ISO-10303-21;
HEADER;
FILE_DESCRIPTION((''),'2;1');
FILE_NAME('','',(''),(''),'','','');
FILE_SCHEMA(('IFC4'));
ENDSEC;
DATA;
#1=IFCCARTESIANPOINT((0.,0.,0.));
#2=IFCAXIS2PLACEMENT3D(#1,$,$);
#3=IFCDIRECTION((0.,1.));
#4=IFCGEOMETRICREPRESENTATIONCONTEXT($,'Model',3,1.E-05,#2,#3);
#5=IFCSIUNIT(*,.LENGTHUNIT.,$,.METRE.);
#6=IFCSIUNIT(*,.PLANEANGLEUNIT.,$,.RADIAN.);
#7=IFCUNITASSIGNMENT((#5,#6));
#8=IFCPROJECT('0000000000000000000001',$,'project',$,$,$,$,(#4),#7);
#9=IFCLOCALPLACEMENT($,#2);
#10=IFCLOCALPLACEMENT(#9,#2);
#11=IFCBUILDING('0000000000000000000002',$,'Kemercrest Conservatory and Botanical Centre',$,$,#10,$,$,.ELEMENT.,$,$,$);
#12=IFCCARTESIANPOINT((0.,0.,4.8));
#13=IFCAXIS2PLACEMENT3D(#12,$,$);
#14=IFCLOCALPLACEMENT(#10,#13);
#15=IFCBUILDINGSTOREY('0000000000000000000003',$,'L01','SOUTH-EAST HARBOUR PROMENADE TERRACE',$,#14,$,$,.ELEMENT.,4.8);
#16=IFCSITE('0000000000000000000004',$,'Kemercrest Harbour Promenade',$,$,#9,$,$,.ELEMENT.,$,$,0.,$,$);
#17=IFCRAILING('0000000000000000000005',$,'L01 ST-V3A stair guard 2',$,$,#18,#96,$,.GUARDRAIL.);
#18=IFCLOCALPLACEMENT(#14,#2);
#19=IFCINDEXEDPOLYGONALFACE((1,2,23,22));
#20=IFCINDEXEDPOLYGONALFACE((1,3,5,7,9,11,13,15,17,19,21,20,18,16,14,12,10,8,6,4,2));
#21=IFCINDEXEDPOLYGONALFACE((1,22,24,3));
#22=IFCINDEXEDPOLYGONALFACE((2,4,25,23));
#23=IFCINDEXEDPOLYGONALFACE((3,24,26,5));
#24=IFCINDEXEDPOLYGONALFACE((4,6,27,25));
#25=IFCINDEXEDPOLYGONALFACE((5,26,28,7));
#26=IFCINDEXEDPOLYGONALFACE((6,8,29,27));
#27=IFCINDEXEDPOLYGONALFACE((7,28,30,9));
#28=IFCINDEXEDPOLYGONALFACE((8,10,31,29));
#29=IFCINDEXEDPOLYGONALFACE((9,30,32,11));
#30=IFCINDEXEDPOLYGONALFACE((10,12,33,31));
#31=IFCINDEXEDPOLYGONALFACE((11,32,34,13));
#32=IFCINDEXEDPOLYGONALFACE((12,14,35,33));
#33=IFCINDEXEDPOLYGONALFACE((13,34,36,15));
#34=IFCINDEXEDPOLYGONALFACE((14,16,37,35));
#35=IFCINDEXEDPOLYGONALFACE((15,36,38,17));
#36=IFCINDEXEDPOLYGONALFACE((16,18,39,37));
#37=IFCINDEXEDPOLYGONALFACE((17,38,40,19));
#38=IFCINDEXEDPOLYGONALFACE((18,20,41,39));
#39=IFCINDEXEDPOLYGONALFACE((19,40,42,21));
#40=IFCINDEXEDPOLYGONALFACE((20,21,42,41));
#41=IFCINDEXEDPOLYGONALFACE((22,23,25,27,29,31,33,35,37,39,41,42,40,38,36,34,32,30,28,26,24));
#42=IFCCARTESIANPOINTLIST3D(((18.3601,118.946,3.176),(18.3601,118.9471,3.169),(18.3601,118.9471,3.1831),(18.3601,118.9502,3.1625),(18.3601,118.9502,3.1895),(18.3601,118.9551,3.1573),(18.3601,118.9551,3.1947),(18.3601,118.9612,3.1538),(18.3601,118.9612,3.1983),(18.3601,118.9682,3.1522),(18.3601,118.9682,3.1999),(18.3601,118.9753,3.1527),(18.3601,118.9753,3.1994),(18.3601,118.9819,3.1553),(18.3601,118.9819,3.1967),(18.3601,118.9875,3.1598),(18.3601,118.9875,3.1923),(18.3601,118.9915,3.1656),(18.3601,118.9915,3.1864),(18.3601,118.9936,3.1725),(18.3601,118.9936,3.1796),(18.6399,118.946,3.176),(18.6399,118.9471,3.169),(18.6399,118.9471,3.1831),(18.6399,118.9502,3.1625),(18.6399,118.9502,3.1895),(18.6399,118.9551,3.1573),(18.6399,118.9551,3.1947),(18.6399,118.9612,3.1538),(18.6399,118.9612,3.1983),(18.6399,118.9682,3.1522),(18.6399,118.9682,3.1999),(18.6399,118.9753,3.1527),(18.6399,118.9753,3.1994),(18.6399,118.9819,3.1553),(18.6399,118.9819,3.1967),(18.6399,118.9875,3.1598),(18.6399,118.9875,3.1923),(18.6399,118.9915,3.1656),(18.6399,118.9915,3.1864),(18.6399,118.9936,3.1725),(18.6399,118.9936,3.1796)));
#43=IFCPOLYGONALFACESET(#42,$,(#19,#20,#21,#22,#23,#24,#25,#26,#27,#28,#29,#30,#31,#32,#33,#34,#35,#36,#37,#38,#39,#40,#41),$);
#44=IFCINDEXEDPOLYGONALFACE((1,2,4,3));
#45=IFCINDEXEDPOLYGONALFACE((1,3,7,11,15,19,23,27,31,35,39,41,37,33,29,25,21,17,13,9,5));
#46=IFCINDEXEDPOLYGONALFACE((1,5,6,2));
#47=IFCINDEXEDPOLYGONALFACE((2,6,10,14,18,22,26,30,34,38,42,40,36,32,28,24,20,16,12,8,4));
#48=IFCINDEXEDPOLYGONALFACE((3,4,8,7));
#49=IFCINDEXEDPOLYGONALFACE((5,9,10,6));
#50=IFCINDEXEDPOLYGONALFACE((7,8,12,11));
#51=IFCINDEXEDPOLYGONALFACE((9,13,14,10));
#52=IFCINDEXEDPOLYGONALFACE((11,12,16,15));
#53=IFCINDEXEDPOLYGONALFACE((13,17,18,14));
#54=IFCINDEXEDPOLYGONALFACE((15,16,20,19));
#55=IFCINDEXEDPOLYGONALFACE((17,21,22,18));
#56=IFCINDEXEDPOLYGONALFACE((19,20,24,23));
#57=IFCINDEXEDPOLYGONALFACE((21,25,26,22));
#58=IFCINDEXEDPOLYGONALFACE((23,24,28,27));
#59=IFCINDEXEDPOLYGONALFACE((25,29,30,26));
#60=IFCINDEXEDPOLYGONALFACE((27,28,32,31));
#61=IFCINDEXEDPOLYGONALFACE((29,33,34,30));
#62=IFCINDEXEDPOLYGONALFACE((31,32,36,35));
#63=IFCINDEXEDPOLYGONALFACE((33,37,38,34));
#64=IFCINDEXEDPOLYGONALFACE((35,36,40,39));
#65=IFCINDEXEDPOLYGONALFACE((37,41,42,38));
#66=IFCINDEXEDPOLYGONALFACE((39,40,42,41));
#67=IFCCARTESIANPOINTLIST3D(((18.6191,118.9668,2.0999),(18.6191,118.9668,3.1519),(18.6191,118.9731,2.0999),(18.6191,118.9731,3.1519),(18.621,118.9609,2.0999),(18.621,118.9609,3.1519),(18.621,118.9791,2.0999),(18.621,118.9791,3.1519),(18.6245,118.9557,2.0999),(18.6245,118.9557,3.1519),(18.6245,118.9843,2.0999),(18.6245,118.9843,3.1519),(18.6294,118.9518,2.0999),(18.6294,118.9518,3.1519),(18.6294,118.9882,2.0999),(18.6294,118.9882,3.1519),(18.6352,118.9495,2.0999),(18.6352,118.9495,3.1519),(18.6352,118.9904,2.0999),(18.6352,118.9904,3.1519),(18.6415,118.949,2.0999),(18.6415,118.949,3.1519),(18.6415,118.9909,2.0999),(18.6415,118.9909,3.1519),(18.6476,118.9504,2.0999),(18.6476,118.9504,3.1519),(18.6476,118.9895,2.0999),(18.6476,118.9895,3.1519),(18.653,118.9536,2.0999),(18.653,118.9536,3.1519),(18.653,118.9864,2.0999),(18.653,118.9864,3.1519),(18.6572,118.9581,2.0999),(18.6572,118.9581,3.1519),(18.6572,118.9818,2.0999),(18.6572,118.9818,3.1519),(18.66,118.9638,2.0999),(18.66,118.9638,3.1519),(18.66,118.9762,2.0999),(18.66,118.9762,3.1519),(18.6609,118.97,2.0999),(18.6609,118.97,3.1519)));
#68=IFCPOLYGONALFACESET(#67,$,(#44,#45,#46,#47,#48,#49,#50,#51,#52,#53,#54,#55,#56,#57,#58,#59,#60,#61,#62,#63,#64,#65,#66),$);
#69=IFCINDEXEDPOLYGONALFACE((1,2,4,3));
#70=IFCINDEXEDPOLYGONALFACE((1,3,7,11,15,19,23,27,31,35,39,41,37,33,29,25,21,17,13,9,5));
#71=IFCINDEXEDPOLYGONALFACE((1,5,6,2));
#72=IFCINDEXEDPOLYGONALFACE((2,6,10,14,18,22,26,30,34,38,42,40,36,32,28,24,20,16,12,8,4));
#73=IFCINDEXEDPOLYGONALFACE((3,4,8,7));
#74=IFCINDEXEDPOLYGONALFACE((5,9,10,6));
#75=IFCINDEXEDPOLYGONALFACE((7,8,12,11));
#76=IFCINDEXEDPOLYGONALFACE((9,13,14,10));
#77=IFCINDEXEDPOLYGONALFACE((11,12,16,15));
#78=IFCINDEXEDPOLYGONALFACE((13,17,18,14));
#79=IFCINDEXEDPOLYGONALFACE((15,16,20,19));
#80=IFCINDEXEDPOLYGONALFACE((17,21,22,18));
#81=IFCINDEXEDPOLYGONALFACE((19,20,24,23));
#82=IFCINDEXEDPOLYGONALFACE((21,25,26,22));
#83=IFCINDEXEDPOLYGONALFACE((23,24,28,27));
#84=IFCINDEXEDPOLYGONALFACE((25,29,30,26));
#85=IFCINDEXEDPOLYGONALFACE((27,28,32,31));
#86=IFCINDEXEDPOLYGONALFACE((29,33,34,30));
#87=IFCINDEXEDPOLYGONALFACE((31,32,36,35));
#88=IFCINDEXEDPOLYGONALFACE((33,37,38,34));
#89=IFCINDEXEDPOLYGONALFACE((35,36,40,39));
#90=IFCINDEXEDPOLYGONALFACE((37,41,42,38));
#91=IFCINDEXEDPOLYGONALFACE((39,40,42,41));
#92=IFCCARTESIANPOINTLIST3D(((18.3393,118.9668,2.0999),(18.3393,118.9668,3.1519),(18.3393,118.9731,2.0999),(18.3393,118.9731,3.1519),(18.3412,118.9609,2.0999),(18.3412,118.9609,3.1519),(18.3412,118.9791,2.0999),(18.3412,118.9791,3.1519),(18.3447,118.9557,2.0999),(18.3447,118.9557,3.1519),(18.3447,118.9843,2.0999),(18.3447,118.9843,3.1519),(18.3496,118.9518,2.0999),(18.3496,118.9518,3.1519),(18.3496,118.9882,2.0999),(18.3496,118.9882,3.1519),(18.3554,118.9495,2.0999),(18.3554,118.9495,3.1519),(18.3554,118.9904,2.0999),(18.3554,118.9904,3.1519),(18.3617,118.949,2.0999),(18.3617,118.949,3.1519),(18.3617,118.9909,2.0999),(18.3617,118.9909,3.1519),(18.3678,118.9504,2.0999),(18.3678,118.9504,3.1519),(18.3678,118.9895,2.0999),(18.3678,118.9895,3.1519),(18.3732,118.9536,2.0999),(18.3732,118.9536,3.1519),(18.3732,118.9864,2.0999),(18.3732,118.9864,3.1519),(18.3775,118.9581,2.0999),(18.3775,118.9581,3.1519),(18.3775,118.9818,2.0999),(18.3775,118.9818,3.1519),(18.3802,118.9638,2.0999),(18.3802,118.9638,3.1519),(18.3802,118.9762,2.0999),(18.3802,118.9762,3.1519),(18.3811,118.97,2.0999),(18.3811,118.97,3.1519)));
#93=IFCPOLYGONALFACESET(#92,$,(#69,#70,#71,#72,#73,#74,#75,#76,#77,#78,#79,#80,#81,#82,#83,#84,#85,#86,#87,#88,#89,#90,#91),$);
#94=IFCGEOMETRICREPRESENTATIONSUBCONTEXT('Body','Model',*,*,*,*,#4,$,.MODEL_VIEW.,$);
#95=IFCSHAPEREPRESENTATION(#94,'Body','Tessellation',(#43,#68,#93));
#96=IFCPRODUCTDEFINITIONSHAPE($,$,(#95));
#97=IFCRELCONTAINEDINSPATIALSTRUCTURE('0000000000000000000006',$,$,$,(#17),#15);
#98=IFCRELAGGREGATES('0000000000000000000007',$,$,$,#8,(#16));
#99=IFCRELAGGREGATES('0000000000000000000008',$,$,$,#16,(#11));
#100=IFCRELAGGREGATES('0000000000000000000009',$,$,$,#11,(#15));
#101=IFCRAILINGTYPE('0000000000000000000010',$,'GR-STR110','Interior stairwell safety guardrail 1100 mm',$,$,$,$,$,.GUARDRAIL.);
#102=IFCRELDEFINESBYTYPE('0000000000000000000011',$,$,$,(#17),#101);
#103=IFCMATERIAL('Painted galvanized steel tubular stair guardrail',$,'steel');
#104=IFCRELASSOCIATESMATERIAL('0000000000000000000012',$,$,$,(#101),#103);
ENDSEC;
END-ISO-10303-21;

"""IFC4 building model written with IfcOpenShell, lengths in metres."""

from ifc_helpers import new_model, si_unit, direction, frame, origin, origin_2d, place, context, subcontext, project, spatial, circle, extrude, material, type_object, element, save


model = new_model("IFC4")

# Units and contexts
model_context = context("Model", 3, precision=1e-05, world=origin(), true_north=direction((0.0, 1.0)))
body_context = subcontext(model_context, "Body", "Model", "MODEL_VIEW")
ifc_project = project(units=[si_unit("LENGTHUNIT", "METRE"), si_unit("PLANEANGLEUNIT", "RADIAN")], contexts=[model_context])

# Site, building, storey
site_placement = place(None, origin())
site = spatial("IfcSite", under=ifc_project, at=site_placement, Name="Kemercrest Harbour Promenade", CompositionType="ELEMENT", RefElevation=0.0)
building_placement = place(site_placement, origin())
building = spatial("IfcBuilding", under=site, at=building_placement, Name="Kemercrest Conservatory and Botanical Centre", CompositionType="ELEMENT")
storey_placement = place(building_placement, frame((0.0, 0.0, 4.8)))
storey = spatial("IfcBuildingStorey", under=building, at=storey_placement, Name="L01", Description="SOUTH-EAST HARBOUR PROMENADE TERRACE", CompositionType="ELEMENT", Elevation=4.8)

# Railing
ifc_material_1 = material(Name="Painted galvanized steel tubular stair guardrail", Category="steel")
railing_type_1 = type_object("IfcRailingType", Name="GR-STR110", Description="Interior stairwell safety guardrail 1100 mm", PredefinedType="GUARDRAIL", material=ifc_material_1)
railing_1_placement = place(storey_placement, frame((18.6399, 118.97, 2.0999)))
element("IfcRailing", 1, at=railing_1_placement, inside=storey, type_object=railing_type_1, Name="L01 ST-V3A stair guard 2", PredefinedType="GUARDRAIL", context=body_context, shape_type="SweptSolid", body=[
    extrude(circle(Radius=0.0239, at=origin_2d()), frame((0.0, 0.0, 1.0762), z_axis=(-1.0, 0.0, 0.0), x_axis=(0.0, -1.0, 0.0)), (0.0, 0.0, 1.0), 0.2798),
    extrude(circle(Radius=0.021, at=origin_2d()), origin(), (0.0, 0.0, 1.0), 1.052),
    extrude(circle(Radius=0.021, at=origin_2d()), frame((-0.2798, 0.0, 0.0)), (0.0, 0.0, 1.0), 1.052),
])

save(model, "model.ifc")
